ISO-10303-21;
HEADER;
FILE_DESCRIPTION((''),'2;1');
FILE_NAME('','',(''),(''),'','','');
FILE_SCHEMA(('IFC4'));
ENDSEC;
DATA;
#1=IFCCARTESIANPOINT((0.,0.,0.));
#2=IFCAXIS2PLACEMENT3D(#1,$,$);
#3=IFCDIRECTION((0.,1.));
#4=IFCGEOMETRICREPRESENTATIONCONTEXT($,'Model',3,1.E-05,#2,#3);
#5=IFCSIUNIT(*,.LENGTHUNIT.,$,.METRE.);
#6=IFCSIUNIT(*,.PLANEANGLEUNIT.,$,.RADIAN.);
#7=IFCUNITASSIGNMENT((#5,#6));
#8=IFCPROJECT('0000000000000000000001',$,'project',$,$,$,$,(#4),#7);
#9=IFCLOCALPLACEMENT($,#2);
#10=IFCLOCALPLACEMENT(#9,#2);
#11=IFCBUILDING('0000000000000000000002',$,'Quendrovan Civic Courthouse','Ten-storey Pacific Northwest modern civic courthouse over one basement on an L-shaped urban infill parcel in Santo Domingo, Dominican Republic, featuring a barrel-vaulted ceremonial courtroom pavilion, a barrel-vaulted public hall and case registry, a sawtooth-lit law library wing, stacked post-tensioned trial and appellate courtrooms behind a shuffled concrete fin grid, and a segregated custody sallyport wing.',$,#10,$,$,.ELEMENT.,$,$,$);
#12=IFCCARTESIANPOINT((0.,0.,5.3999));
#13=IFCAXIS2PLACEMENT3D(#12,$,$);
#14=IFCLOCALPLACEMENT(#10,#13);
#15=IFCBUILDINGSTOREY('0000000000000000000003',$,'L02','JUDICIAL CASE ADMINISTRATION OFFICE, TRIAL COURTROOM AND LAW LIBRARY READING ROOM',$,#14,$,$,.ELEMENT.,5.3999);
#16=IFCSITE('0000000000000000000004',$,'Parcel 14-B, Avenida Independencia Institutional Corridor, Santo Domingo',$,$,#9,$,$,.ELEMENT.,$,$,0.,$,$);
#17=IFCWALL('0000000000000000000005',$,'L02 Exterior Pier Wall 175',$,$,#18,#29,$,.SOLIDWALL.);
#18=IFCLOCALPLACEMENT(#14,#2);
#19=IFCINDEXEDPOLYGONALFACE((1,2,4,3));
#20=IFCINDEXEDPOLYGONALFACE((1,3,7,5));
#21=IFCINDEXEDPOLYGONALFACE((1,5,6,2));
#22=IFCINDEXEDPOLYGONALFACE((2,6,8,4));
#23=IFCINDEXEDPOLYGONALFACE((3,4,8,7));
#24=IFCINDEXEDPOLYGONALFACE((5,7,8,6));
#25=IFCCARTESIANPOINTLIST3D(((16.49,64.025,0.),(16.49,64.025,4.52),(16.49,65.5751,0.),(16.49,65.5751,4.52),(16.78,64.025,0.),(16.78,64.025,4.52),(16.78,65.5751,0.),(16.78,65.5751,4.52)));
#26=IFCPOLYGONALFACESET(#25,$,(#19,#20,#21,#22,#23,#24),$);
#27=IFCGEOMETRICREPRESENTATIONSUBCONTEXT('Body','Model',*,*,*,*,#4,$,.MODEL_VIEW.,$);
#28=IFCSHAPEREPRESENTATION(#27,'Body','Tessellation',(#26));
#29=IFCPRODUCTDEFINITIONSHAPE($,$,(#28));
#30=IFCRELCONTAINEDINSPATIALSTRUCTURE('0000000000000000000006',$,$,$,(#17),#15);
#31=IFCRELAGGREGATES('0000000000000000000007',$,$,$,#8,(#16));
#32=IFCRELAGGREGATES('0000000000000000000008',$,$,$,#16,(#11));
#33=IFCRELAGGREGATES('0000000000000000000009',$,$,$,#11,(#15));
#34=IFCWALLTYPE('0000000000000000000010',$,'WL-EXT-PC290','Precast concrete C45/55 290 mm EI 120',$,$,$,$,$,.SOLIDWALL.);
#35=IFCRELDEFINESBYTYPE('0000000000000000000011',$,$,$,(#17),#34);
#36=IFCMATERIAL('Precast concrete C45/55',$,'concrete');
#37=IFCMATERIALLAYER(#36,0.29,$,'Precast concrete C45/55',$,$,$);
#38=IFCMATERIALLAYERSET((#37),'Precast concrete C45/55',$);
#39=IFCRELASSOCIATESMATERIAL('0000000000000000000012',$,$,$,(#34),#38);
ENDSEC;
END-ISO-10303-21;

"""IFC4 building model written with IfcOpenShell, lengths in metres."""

from ifc_helpers import new_model, si_unit, direction, frame, frame_2d, origin, place, context, subcontext, project, spatial, rectangle, extrude, material, layer, layer_set, type_object, element, save


model = new_model("IFC4")

# Units and contexts
model_context = context("Model", 3, precision=1e-05, world=origin(), true_north=direction((0.0, 1.0)))
body_context = subcontext(model_context, "Body", "Model", "MODEL_VIEW")
ifc_project = project(units=[si_unit("LENGTHUNIT", "METRE"), si_unit("PLANEANGLEUNIT", "RADIAN")], contexts=[model_context])

# Site, building, storey
site_placement = place(None, origin())
site = spatial("IfcSite", under=ifc_project, at=site_placement, Name="Parcel 14-B, Avenida Independencia Institutional Corridor, Santo Domingo", CompositionType="ELEMENT", RefElevation=0.0)
building_placement = place(site_placement, origin())
building = spatial("IfcBuilding", under=site, at=building_placement, Name="Quendrovan Civic Courthouse", Description="Ten-storey Pacific Northwest modern civic courthouse over one basement on an L-shaped urban infill parcel in Santo Domingo, Dominican Republic, featuring a barrel-vaulted ceremonial courtroom pavilion, a barrel-vaulted public hall and case registry, a sawtooth-lit law library wing, stacked post-tensioned trial and appellate courtrooms behind a shuffled concrete fin grid, and a segregated custody sallyport wing.", CompositionType="ELEMENT")
storey_placement = place(building_placement, frame((0.0, 0.0, 5.3999)))
storey = spatial("IfcBuildingStorey", under=building, at=storey_placement, Name="L02", Description="JUDICIAL CASE ADMINISTRATION OFFICE, TRIAL COURTROOM AND LAW LIBRARY READING ROOM", CompositionType="ELEMENT", Elevation=5.3999)

# Wall
ifc_material_1 = material(Name="Precast concrete C45/55", Category="concrete")
ifc_layer_1 = layer(ifc_material_1, 0.29, Name="Precast concrete C45/55")
ifc_layer_set_1 = layer_set([ifc_layer_1], Name="Precast concrete C45/55")
wall_type = type_object("IfcWallType", Name="WL-EXT-PC290", Description="Precast concrete C45/55 290 mm EI 120", PredefinedType="SOLIDWALL", material=ifc_layer_set_1)
wall_placement = place(storey_placement, frame((16.635, 65.575, 0.0), z_axis=(0.0, 0.0, 1.0), x_axis=(0.0, -1.0, 0.0)))
element("IfcWall", 1, at=wall_placement, inside=storey, type_object=wall_type, Name="L02 Exterior Pier Wall 175", PredefinedType="SOLIDWALL", context=body_context, shape_type="SweptSolid", body=[
    extrude(rectangle(XDim=1.55, YDim=0.29, at=frame_2d((0.7749, 0.0))), origin(), (0.0, 0.0, 1.0), 4.52),
])

save(model, "model.ifc")
